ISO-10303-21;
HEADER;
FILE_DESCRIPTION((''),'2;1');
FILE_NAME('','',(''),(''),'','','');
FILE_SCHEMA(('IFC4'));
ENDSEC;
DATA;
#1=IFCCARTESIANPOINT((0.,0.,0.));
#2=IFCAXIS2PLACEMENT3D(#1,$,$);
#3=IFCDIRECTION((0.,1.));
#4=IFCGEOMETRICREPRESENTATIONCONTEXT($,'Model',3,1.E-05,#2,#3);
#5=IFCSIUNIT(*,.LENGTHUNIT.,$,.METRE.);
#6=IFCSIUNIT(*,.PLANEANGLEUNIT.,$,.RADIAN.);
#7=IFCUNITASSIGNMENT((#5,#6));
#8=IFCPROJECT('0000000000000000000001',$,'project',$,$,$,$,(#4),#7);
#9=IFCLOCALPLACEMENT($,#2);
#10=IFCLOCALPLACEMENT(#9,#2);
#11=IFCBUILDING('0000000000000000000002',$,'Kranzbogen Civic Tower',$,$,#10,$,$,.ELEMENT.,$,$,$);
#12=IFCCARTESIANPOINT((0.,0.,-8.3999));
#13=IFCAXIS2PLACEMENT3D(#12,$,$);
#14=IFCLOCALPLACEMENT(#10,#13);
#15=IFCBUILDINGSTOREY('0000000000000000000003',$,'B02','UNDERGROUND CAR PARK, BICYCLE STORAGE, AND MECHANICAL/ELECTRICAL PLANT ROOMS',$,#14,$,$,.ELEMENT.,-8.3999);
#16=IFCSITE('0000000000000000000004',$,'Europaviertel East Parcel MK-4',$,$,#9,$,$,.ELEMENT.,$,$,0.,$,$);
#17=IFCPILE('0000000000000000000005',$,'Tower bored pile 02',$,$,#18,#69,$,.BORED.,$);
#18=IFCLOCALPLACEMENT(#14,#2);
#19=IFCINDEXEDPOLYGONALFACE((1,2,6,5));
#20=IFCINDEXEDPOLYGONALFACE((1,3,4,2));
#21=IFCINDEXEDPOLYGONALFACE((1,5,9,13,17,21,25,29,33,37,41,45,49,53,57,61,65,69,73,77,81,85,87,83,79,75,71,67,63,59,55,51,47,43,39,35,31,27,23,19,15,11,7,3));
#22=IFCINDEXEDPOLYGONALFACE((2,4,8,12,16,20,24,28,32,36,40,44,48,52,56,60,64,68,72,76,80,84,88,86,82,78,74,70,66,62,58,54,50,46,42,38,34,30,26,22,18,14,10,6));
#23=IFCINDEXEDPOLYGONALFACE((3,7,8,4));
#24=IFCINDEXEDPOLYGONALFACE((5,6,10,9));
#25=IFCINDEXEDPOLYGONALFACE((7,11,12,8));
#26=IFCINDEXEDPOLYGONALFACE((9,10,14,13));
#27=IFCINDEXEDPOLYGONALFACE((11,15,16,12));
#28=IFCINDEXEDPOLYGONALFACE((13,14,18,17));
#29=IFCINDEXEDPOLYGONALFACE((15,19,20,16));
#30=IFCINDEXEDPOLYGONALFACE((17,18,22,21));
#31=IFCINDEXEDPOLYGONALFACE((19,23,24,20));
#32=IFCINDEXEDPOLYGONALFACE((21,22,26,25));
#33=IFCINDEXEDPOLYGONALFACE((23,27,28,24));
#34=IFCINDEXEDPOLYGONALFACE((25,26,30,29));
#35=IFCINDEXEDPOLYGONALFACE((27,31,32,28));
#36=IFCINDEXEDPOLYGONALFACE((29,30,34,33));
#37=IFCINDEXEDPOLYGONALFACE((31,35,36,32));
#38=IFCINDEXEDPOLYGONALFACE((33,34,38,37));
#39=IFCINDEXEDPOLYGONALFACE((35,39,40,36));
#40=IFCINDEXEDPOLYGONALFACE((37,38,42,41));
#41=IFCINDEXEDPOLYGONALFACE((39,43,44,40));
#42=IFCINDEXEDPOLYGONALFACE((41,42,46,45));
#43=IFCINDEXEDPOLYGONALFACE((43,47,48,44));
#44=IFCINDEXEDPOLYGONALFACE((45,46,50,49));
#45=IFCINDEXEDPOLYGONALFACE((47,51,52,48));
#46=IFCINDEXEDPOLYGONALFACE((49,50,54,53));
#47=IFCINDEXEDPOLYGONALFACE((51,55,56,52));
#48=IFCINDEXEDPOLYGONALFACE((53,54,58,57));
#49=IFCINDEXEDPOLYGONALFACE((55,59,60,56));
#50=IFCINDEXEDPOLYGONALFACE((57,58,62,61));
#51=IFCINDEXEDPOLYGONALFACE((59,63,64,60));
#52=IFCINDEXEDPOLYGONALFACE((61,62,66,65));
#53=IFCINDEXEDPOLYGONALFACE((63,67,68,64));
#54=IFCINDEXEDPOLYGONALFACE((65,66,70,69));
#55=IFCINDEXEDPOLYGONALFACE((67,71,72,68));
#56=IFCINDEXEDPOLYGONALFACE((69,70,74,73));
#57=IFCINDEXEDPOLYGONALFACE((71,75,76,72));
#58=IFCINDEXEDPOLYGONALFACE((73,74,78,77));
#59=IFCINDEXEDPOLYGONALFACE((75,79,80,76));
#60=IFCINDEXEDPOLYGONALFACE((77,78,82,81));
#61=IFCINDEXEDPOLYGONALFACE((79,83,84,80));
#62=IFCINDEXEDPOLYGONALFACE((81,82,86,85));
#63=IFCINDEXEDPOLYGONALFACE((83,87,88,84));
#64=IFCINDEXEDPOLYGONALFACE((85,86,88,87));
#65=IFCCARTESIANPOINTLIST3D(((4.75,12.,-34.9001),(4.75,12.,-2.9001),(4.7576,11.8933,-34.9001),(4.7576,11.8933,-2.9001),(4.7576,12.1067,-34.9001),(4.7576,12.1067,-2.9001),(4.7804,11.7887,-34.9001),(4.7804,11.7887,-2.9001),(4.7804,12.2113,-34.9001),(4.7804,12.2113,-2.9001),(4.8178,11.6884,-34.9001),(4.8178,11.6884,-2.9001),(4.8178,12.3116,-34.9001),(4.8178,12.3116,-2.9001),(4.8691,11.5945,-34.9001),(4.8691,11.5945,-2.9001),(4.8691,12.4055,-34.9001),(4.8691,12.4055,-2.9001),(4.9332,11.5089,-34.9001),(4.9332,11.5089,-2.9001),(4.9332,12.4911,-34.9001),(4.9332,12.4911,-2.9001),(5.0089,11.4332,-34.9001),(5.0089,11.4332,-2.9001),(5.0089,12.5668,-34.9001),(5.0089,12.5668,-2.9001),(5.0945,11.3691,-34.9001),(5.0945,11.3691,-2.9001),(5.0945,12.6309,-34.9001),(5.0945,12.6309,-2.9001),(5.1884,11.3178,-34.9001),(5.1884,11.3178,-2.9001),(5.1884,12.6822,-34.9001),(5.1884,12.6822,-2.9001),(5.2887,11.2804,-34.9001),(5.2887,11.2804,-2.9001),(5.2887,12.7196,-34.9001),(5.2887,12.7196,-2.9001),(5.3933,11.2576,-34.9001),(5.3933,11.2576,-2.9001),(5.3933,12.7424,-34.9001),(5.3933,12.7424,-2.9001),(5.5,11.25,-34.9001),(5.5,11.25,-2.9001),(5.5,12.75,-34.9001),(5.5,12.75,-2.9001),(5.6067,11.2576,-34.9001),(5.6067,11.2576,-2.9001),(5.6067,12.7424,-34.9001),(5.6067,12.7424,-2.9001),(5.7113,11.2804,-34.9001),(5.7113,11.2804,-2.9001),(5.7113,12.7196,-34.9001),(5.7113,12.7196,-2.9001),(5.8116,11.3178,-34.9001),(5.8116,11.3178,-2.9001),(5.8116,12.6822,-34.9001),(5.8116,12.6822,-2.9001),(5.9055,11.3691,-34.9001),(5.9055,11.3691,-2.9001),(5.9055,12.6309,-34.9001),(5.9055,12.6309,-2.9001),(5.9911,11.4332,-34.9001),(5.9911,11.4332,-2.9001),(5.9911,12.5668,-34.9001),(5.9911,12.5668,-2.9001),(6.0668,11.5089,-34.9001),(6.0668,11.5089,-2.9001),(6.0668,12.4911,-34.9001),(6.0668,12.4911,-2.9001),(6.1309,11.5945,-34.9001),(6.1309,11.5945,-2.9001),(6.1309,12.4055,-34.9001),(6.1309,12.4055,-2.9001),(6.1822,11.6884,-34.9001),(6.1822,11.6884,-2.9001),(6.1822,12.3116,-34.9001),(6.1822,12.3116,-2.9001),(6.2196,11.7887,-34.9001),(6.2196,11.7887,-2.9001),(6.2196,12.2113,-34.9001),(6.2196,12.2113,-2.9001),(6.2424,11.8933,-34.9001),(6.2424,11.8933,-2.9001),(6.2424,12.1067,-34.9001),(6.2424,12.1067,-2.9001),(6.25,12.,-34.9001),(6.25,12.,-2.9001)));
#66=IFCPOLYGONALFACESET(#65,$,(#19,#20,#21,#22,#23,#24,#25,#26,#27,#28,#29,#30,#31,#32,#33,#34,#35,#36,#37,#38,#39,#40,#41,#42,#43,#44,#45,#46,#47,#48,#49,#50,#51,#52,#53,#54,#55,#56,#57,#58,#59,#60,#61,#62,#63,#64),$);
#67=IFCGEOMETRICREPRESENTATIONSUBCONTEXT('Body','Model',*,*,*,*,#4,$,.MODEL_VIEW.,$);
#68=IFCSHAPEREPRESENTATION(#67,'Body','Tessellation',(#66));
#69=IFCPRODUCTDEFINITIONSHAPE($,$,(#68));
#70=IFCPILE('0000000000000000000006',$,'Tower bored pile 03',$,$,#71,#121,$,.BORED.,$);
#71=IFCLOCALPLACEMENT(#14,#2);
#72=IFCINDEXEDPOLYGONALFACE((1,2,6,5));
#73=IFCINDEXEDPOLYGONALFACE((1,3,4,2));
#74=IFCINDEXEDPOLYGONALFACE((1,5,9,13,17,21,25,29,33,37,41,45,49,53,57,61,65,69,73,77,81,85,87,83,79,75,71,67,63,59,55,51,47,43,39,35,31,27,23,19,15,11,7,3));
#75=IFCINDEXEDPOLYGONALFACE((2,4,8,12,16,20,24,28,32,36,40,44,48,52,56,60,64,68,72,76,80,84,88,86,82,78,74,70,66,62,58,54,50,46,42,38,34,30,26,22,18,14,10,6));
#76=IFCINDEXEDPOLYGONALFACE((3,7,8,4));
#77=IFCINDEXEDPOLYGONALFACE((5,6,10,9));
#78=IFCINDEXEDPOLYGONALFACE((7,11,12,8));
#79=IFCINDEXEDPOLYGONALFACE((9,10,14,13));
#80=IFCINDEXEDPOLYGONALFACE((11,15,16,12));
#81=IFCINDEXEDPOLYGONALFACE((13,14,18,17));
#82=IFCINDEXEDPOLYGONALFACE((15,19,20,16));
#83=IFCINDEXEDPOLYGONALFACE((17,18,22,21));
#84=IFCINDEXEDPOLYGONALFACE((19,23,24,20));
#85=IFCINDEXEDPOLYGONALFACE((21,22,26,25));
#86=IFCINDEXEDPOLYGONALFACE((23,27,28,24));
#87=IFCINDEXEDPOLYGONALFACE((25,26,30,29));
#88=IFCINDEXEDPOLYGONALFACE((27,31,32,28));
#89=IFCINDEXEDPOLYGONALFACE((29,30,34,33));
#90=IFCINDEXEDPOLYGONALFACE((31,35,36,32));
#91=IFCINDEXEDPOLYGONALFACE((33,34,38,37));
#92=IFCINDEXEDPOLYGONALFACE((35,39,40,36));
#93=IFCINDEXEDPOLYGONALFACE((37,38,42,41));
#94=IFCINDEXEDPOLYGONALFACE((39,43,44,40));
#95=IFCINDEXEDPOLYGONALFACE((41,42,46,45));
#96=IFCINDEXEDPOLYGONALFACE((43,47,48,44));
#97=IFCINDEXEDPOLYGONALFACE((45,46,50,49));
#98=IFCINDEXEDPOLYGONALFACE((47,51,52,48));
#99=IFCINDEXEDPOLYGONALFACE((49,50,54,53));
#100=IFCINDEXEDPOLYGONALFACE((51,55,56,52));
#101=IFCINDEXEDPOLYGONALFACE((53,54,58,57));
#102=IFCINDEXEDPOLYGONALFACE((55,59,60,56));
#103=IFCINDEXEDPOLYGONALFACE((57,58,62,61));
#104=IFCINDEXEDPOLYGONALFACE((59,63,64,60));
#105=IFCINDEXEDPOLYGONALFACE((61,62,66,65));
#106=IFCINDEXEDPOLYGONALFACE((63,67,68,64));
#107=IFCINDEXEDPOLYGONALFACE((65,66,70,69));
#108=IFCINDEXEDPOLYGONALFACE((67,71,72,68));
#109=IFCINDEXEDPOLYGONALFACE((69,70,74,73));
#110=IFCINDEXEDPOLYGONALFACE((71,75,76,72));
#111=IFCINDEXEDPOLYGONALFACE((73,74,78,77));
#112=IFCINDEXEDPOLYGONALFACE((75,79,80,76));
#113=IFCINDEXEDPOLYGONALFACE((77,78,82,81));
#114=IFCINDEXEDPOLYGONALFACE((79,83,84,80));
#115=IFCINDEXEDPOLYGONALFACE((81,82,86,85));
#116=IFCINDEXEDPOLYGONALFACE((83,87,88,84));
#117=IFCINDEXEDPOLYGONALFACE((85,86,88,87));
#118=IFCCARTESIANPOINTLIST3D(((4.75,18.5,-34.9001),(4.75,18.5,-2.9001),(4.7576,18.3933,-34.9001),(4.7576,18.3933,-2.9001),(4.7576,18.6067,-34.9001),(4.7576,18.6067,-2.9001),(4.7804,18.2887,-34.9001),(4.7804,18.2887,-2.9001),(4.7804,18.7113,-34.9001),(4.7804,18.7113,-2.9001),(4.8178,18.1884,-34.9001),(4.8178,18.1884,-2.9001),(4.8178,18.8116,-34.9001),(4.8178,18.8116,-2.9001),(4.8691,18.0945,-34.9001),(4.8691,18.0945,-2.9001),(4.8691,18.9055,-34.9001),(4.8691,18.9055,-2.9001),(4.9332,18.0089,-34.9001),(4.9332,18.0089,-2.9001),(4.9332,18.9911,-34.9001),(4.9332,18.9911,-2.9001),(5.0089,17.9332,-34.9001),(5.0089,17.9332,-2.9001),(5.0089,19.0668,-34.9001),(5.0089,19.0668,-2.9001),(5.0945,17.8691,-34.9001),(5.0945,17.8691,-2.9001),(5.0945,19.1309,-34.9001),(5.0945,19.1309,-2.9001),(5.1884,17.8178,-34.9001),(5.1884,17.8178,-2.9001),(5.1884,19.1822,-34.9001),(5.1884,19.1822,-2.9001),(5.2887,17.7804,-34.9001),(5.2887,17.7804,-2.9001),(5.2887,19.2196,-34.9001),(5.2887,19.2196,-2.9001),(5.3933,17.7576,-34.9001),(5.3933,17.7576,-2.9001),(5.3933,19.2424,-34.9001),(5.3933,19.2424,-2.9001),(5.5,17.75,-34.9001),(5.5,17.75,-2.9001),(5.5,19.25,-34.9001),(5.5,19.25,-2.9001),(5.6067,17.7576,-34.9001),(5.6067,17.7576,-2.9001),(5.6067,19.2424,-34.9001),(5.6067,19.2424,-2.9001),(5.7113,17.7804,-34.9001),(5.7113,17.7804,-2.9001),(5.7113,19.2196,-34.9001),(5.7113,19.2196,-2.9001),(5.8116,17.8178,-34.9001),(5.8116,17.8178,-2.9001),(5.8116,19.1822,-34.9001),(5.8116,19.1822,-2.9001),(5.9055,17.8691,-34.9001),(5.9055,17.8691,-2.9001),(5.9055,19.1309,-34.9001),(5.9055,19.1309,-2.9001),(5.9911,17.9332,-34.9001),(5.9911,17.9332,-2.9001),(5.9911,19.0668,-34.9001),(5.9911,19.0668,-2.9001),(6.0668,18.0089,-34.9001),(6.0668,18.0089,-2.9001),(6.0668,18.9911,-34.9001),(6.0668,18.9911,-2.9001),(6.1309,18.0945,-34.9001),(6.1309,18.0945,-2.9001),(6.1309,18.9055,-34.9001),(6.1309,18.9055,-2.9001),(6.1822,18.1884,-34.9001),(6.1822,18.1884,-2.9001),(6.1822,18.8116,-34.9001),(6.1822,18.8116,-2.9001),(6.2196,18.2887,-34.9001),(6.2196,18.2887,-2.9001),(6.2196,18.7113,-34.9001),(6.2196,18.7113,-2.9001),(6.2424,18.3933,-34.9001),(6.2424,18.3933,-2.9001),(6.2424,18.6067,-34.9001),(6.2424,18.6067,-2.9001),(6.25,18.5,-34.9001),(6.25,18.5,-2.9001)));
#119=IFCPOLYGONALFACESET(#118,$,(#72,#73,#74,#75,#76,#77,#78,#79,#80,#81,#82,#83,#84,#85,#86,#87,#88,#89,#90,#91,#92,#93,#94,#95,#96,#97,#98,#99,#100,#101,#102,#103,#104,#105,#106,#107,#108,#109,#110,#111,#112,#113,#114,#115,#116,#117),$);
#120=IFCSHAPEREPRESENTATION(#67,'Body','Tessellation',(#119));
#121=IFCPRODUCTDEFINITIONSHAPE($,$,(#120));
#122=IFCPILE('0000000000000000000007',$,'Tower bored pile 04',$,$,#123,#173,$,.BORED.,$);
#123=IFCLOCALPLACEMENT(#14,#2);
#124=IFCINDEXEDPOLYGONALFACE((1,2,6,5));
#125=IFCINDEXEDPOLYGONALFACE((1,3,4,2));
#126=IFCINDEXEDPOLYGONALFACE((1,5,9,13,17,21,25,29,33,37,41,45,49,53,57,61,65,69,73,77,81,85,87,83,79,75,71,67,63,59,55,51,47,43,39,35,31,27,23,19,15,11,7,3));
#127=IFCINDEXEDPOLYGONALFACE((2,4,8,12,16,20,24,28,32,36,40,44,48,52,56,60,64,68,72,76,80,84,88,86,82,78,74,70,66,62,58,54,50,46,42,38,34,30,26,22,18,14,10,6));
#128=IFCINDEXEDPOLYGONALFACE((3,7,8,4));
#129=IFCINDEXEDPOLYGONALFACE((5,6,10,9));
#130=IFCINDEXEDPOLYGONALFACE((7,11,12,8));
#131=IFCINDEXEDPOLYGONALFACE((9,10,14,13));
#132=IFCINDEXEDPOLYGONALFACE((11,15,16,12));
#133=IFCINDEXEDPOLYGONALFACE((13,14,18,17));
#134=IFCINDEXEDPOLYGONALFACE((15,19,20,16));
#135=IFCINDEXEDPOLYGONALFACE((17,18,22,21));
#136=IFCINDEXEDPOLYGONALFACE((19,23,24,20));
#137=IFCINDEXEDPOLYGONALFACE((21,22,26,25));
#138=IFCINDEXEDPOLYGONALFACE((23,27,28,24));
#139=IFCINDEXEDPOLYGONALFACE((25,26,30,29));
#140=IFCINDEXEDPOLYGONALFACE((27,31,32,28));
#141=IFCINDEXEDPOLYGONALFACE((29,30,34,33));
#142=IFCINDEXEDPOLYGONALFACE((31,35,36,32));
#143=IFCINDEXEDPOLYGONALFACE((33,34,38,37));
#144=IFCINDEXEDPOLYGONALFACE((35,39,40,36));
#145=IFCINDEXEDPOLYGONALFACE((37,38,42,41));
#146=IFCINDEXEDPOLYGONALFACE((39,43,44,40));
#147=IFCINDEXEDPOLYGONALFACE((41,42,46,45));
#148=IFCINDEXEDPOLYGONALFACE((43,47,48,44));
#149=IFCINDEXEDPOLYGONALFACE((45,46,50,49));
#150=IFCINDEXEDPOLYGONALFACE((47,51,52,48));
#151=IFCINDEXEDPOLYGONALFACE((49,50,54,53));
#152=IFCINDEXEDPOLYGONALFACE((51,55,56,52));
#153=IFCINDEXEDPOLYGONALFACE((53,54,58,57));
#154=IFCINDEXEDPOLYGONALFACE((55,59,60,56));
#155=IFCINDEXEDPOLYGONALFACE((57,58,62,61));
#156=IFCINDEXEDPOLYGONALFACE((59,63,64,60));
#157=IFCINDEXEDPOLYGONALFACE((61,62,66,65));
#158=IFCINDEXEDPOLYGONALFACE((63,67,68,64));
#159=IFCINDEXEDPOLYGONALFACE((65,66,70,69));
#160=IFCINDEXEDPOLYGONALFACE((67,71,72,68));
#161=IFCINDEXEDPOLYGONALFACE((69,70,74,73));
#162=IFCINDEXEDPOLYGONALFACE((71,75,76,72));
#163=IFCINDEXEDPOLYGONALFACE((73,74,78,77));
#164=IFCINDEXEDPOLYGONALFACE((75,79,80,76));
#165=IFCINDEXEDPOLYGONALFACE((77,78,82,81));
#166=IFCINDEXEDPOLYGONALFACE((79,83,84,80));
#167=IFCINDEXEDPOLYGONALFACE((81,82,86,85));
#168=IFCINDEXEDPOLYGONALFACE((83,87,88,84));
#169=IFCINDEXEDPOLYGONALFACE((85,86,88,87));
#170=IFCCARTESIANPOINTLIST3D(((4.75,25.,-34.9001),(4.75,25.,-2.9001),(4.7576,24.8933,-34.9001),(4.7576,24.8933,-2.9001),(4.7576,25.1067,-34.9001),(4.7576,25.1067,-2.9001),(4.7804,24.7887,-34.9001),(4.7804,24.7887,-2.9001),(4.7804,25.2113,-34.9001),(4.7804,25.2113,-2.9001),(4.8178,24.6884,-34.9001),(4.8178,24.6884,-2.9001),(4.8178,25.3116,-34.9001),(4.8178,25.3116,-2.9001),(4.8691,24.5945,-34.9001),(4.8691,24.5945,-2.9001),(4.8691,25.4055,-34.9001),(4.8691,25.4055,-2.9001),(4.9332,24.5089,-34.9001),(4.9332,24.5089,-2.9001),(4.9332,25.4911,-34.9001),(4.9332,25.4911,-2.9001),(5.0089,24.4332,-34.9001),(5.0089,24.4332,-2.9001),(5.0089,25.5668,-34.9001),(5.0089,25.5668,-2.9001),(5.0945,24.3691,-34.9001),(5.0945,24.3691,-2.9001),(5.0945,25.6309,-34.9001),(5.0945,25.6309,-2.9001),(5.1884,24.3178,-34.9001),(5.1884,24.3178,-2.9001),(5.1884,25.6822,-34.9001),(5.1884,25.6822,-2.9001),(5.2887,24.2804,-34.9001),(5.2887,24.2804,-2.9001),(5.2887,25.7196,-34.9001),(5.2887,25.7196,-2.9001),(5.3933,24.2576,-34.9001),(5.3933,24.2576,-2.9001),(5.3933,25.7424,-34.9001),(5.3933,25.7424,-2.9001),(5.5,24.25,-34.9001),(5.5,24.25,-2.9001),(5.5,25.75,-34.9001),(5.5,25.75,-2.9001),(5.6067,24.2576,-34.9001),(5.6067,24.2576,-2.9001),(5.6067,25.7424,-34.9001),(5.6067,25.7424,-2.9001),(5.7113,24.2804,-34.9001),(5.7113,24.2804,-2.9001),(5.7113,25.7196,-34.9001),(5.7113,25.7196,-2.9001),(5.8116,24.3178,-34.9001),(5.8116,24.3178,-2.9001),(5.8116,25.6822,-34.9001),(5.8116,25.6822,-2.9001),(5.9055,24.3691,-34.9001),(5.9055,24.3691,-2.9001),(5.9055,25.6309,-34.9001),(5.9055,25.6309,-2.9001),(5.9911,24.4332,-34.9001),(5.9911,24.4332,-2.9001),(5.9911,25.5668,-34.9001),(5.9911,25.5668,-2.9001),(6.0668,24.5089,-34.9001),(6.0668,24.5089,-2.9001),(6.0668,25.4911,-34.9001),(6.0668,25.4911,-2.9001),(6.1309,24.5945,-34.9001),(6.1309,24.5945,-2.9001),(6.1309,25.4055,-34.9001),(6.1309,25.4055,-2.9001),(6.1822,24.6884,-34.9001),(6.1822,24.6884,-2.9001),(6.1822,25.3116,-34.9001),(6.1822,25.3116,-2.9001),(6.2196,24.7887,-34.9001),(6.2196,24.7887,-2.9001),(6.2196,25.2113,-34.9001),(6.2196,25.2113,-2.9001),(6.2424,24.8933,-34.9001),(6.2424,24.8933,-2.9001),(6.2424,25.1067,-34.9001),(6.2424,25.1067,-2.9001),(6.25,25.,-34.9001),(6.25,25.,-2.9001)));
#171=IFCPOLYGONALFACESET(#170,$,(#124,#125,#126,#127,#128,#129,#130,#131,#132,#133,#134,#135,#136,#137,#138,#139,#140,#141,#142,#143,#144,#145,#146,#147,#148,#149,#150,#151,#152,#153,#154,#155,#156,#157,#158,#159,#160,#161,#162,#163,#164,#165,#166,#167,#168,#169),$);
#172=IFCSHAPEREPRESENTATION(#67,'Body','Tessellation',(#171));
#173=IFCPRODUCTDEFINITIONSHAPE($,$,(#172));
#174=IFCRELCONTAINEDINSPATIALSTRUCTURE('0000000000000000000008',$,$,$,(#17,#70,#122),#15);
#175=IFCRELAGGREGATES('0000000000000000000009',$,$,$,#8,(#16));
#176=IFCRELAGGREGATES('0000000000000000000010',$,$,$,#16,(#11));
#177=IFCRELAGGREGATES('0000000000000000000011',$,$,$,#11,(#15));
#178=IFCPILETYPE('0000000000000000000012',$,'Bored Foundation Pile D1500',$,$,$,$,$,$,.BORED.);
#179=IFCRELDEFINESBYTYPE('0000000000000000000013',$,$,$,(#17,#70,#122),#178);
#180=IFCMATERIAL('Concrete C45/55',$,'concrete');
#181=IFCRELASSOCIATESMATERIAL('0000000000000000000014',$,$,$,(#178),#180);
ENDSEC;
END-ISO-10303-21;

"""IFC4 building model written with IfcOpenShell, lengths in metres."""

from ifc_helpers import new_model, si_unit, direction, frame, origin, origin_2d, place, context, subcontext, project, spatial, circle, extrude, material, material_profile, profile_set, type_object, element, save


model = new_model("IFC4")

# Units and contexts
model_context = context("Model", 3, precision=1e-05, world=origin(), true_north=direction((0.0, 1.0)))
body_context = subcontext(model_context, "Body", "Model", "MODEL_VIEW")
ifc_project = project(units=[si_unit("LENGTHUNIT", "METRE"), si_unit("PLANEANGLEUNIT", "RADIAN")], contexts=[model_context])

# Site, building, storey
site_placement = place(None, origin())
site = spatial("IfcSite", under=ifc_project, at=site_placement, Name="Europaviertel East Parcel MK-4", CompositionType="ELEMENT", RefElevation=0.0)
building_placement = place(site_placement, origin())
building = spatial("IfcBuilding", under=site, at=building_placement, Name="Kranzbogen Civic Tower", CompositionType="ELEMENT")
storey_placement = place(building_placement, frame((0.0, 0.0, -8.3999)))
storey = spatial("IfcBuildingStorey", under=building, at=storey_placement, Name="B02", Description="UNDERGROUND CAR PARK, BICYCLE STORAGE, AND MECHANICAL/ELECTRICAL PLANT ROOMS", CompositionType="ELEMENT", Elevation=-8.3999)

# Piles
ifc_material_1 = material(Name="Concrete C45/55", Category="concrete")
ifc_material_profile_1 = material_profile(ifc_material_1, circle(Radius=0.75, at=origin_2d()), Name="PILE D1500")
ifc_profile_set_1 = profile_set([ifc_material_profile_1], Name="Concrete C45/55")
pile_type = type_object("IfcPileType", Name="Bored Foundation Pile D1500", PredefinedType="BORED", material=ifc_profile_set_1)
for number, where, z_axis, x_axis, name in (
    (1, (5.5, 12.0, -2.9001), (0.0, 0.0, -1.0), (1.0, 0.0, 0.0), "Tower bored pile 02"),
    (2, (5.5, 18.5, -2.9001), (0.0, 0.0, -1.0), (1.0, 0.0, 0.0), "Tower bored pile 03"),
    (3, (5.5, 25.0, -2.9001), (0.0, 0.0, -1.0), (1.0, 0.0, 0.0), "Tower bored pile 04"),
):
    element("IfcPile", number, at=place(storey_placement, frame(where, z_axis=z_axis, x_axis=x_axis)), inside=storey, type_object=pile_type, Name=name, PredefinedType="BORED", context=body_context, shape_type="SweptSolid", body=[
        extrude(circle(Radius=0.75, at=origin_2d()), origin(), (0.0, 0.0, 1.0), 32.0),
    ])

save(model, "model.ifc")
